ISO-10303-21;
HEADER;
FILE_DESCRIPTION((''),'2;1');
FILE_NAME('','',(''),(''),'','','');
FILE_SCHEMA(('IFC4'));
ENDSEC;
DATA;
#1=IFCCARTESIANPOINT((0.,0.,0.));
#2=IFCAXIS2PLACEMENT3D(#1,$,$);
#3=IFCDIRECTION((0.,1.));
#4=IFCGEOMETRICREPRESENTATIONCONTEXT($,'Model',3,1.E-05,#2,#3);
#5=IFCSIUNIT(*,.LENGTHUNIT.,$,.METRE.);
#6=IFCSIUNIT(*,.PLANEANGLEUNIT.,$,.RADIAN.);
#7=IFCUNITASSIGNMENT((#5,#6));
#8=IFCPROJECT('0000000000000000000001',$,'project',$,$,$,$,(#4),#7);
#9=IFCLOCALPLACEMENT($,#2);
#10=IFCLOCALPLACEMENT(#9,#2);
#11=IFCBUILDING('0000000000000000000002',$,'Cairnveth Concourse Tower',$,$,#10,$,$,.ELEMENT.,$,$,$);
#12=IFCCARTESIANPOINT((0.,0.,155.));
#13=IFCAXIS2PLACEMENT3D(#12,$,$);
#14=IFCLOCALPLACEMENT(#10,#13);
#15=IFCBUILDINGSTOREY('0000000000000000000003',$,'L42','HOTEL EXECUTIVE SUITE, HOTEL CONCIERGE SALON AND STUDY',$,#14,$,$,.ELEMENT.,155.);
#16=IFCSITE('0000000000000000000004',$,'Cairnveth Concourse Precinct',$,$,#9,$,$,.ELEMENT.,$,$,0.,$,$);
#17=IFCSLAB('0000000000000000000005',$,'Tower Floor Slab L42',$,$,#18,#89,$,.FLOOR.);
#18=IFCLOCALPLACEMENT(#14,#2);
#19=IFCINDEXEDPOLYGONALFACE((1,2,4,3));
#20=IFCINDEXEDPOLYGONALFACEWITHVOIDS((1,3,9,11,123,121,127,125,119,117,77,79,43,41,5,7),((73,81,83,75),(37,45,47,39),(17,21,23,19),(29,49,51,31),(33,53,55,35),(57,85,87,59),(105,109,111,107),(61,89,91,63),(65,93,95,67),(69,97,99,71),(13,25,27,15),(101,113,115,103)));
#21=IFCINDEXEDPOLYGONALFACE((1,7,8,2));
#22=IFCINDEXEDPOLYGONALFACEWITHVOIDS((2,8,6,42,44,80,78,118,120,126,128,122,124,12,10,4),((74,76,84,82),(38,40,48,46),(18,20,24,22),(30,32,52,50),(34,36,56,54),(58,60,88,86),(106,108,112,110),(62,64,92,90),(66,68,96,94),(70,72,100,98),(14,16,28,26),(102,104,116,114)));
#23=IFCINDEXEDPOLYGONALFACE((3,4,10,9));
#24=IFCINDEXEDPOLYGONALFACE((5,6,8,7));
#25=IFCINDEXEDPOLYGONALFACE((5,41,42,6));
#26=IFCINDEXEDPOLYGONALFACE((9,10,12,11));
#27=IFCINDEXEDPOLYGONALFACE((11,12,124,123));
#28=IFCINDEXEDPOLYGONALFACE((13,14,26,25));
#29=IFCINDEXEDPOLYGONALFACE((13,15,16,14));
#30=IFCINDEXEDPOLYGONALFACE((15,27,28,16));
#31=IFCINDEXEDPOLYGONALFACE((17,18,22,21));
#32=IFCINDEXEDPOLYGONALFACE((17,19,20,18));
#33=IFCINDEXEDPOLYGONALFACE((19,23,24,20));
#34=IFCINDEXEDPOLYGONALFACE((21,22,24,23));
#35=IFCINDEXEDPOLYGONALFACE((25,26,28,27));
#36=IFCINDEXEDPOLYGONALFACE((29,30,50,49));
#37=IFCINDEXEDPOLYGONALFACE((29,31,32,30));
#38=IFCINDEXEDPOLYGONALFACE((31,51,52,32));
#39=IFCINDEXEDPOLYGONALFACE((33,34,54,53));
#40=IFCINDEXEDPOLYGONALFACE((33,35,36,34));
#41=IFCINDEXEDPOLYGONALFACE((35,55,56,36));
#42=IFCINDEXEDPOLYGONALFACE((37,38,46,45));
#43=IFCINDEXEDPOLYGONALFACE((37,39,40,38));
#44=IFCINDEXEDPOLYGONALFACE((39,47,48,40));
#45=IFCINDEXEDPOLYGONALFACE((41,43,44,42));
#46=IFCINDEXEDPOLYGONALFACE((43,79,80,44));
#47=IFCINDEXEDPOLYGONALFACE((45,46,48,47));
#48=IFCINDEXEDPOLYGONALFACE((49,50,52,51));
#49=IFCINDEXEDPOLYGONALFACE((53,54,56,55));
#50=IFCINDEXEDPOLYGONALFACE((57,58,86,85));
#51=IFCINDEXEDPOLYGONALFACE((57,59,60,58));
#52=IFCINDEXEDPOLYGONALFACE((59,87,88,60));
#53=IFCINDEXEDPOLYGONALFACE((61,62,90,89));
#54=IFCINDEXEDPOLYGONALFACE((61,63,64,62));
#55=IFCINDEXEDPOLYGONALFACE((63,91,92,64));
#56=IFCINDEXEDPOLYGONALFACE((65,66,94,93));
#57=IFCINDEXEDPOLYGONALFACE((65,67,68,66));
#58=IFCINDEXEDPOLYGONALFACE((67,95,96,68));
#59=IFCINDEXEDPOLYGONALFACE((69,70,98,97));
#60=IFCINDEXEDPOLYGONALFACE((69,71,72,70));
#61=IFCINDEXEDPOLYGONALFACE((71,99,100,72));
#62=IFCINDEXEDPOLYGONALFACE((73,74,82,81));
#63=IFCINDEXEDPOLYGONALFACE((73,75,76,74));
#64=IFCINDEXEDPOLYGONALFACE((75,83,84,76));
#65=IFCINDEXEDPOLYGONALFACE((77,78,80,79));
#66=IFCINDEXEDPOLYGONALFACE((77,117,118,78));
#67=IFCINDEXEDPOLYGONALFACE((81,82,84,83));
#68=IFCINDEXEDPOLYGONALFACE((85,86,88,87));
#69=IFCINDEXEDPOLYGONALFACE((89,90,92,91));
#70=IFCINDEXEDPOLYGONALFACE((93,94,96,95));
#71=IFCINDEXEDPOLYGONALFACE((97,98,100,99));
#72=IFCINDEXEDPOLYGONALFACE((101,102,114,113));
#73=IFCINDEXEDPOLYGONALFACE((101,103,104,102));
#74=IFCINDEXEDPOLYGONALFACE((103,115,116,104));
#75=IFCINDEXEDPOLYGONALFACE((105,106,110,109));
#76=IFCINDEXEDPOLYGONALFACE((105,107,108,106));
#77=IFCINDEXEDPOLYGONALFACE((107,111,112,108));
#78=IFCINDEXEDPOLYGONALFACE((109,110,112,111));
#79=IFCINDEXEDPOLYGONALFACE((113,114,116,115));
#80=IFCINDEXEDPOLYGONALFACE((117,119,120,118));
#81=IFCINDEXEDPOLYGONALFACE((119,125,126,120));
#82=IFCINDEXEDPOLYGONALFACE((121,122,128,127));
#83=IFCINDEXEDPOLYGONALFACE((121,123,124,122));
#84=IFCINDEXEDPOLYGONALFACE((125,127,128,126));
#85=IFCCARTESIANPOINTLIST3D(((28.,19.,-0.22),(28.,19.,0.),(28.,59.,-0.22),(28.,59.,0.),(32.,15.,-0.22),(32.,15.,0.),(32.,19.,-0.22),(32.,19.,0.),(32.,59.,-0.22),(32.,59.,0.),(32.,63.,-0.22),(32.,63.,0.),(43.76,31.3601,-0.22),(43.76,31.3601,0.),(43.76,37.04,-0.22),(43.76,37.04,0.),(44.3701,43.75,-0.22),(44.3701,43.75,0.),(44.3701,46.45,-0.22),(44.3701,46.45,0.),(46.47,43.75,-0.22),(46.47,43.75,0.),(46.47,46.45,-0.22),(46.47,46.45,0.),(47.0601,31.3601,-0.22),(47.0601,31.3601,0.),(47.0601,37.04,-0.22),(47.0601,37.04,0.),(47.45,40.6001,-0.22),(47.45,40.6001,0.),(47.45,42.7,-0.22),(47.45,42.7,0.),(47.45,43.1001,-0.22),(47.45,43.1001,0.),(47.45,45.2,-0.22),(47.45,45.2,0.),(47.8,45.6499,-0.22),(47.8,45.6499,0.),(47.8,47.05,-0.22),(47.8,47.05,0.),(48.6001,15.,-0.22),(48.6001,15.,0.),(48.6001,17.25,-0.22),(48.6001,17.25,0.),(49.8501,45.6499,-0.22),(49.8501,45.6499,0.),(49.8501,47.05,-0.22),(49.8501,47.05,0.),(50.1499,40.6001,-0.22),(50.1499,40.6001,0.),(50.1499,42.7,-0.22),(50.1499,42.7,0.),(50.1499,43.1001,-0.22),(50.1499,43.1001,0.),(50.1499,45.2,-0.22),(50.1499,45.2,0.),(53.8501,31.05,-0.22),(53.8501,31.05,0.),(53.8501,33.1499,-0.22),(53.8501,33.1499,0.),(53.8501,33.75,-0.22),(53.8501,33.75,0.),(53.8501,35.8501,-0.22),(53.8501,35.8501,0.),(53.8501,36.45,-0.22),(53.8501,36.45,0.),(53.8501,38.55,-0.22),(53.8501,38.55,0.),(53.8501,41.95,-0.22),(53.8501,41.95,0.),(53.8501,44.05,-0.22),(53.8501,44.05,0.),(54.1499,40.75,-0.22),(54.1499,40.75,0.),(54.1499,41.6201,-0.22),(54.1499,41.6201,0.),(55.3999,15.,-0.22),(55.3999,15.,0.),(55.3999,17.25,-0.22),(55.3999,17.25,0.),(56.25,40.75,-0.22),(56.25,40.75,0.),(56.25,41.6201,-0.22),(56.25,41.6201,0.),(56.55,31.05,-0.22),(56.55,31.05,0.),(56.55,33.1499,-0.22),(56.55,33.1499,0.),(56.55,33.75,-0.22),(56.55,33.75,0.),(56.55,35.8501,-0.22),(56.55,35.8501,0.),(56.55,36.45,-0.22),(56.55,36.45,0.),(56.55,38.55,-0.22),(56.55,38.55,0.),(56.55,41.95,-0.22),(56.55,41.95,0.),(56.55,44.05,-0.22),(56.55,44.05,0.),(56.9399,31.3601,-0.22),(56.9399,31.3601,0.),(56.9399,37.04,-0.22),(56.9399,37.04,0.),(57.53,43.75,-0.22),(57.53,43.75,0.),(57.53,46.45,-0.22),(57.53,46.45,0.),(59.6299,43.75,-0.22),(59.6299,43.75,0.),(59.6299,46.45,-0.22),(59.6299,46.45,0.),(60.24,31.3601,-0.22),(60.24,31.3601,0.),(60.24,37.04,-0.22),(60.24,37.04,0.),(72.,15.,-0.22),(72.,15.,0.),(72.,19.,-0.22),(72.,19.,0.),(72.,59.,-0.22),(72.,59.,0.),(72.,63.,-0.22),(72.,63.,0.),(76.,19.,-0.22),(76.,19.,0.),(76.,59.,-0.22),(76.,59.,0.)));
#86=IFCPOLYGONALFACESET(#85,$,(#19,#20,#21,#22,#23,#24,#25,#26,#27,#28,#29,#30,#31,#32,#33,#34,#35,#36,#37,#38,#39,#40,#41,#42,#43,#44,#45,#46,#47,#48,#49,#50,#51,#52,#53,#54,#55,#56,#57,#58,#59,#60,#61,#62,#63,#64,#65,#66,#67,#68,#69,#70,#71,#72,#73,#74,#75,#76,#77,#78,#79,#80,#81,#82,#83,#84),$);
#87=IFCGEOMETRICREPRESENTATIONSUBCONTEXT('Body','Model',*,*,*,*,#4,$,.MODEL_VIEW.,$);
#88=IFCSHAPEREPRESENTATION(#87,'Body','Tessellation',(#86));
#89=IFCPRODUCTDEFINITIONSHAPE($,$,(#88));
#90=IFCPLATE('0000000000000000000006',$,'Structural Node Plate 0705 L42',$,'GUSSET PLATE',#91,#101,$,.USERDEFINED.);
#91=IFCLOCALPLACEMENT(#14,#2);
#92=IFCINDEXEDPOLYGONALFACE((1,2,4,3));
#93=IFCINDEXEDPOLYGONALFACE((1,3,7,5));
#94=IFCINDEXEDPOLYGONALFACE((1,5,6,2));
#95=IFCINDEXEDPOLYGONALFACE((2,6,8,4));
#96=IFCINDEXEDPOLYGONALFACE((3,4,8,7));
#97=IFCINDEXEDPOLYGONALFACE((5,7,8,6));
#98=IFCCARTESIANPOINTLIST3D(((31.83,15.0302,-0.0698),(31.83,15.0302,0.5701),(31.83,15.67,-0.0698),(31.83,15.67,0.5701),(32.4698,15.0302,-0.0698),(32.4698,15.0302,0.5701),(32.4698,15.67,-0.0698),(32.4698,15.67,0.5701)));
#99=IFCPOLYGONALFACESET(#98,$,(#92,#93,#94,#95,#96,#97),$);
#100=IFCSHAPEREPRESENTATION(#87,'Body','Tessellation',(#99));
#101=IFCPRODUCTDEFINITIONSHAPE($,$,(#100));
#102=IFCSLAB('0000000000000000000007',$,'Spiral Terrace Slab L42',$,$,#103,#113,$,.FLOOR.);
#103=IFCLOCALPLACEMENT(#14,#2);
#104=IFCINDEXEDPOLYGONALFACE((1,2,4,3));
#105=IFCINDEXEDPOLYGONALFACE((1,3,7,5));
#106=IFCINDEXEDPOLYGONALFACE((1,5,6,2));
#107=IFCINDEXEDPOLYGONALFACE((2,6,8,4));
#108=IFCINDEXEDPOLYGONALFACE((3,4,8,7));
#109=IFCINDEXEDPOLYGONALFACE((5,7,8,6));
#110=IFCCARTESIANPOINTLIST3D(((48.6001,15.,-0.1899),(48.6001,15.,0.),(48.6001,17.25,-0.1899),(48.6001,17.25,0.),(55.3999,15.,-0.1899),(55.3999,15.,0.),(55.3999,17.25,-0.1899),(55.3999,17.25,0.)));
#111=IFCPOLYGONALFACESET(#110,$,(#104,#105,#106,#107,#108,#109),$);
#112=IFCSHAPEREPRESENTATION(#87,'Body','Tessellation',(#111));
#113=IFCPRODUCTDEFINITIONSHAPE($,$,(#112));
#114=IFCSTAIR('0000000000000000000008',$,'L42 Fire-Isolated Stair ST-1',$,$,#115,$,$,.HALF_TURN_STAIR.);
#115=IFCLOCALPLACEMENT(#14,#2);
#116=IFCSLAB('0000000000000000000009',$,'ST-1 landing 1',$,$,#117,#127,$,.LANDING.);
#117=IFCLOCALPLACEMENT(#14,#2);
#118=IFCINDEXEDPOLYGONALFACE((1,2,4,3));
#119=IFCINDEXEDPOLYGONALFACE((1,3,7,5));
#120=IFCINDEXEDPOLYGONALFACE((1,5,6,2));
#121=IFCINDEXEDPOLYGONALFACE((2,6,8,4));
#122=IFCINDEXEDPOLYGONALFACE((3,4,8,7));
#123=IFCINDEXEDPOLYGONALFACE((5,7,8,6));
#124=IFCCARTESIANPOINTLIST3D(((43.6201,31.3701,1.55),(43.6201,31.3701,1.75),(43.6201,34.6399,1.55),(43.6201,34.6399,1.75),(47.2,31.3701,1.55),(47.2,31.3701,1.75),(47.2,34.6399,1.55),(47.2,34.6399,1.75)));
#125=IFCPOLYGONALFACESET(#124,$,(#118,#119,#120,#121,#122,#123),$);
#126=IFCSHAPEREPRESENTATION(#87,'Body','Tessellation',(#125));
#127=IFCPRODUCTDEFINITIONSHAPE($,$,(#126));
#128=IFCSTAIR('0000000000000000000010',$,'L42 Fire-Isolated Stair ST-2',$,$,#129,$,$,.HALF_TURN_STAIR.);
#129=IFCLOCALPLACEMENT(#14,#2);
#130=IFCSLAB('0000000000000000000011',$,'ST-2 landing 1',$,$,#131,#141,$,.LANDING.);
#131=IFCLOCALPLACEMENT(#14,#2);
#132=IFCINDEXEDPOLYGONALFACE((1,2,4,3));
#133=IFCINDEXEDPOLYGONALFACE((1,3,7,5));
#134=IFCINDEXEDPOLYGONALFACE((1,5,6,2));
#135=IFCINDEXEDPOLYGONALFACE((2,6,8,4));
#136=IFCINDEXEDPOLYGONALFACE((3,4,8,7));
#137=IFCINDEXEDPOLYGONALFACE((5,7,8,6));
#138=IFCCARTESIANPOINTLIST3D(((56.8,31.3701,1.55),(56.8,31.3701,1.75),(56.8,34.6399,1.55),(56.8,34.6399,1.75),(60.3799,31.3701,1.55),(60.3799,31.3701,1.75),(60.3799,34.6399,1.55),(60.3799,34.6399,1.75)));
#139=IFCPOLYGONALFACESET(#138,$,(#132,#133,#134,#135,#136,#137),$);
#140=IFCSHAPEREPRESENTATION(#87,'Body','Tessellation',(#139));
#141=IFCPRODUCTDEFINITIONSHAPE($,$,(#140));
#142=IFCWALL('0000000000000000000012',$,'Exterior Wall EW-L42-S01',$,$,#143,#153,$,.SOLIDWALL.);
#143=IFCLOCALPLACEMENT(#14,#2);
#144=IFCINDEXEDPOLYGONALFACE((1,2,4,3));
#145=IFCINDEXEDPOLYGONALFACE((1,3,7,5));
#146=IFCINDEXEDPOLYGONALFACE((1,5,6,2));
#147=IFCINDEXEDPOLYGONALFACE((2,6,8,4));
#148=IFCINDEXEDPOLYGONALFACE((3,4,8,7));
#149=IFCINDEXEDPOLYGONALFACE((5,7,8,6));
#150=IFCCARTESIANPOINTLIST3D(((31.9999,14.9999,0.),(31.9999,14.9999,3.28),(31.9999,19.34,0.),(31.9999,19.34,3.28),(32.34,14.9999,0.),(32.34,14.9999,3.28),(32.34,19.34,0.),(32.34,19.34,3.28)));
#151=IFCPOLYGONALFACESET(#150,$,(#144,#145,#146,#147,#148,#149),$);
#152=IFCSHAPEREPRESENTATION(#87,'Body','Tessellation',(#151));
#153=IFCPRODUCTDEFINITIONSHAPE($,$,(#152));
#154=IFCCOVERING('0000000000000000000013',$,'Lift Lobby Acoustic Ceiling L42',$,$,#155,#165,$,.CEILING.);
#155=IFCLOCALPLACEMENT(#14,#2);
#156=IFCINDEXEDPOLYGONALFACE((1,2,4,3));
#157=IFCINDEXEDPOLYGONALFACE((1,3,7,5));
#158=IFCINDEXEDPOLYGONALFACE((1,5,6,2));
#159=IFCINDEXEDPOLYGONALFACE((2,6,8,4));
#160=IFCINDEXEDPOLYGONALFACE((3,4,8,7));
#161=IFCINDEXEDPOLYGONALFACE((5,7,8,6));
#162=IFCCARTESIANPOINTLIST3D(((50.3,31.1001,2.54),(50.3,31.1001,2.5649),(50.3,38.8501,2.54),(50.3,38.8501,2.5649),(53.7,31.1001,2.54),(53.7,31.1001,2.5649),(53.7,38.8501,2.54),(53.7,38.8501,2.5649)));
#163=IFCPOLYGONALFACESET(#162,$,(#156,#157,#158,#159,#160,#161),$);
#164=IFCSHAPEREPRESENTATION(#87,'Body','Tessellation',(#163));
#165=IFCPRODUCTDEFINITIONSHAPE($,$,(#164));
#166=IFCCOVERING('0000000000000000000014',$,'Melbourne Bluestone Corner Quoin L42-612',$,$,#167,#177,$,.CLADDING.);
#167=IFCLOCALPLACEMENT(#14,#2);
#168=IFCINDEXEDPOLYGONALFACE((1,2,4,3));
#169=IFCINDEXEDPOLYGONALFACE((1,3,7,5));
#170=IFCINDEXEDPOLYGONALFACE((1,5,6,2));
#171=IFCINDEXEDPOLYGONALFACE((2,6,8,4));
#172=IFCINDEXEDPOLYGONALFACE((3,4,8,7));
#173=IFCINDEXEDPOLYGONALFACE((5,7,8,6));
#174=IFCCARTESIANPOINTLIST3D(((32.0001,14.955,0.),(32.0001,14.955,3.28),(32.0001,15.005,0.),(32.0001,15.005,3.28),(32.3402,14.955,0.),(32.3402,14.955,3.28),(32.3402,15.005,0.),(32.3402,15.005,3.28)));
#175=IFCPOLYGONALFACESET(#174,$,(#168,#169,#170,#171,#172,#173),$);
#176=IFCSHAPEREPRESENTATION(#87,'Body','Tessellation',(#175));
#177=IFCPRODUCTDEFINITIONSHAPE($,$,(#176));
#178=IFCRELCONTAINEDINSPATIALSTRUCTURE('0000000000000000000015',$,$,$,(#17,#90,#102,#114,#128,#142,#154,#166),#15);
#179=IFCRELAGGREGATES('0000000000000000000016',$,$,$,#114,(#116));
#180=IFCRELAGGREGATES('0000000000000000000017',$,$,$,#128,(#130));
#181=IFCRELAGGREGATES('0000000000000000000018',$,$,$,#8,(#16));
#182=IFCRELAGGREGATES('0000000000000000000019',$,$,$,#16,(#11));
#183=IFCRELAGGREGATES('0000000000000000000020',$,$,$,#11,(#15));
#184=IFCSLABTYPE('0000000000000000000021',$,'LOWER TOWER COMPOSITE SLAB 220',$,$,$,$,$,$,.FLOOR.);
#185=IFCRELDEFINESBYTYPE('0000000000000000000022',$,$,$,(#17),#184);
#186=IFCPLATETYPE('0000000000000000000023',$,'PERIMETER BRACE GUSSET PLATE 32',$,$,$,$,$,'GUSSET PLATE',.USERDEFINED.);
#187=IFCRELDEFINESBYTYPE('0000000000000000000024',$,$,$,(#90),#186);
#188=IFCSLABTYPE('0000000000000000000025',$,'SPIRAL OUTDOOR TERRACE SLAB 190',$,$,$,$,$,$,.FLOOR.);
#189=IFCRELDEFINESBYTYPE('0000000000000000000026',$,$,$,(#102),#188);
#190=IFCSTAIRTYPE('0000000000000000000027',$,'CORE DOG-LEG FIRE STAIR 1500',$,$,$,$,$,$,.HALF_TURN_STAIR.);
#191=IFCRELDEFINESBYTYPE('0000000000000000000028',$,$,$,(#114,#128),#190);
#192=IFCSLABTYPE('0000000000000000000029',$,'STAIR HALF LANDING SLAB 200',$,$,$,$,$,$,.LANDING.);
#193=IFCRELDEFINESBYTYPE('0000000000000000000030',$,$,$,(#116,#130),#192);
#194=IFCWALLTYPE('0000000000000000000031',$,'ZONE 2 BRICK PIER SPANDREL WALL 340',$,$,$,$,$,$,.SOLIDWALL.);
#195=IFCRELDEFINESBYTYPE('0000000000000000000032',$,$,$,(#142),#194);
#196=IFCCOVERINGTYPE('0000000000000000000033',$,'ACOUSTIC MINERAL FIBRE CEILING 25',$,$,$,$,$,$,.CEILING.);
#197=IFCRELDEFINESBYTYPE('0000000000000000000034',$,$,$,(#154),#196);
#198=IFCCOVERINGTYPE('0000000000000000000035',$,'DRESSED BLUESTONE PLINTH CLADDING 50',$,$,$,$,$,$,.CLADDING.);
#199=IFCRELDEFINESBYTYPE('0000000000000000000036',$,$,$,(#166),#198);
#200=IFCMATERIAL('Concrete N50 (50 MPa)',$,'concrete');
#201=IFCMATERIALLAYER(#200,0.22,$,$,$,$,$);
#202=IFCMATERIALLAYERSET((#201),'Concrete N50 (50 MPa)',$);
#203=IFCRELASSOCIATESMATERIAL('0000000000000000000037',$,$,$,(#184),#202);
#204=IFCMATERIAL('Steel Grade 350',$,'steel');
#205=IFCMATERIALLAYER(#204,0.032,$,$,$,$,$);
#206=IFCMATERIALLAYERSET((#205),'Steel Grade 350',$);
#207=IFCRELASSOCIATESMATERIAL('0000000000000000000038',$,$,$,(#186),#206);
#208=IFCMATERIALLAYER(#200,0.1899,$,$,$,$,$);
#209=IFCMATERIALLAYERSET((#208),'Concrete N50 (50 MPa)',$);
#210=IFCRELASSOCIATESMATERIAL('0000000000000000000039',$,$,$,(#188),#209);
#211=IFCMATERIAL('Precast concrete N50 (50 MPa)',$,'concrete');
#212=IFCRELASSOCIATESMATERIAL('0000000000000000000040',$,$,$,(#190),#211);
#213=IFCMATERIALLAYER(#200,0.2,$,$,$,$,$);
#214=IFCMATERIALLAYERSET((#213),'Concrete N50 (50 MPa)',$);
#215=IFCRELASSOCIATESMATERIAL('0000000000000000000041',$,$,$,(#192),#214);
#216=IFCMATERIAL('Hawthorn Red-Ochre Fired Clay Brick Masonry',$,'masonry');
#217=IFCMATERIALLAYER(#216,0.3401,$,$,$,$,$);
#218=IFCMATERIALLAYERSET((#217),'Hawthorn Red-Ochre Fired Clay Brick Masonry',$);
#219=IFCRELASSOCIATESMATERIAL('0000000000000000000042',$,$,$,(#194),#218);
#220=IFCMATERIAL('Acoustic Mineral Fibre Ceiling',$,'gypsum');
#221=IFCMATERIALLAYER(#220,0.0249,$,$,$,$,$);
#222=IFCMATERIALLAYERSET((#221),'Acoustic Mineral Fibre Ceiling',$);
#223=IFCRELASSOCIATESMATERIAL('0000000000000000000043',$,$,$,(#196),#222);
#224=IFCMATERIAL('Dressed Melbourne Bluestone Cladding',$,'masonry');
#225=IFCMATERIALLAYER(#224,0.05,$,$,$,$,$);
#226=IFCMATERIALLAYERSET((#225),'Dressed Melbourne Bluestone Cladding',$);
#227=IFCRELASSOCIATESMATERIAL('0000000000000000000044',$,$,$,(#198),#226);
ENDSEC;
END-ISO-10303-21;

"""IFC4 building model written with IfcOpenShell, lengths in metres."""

from ifc_helpers import new_model, si_unit, direction, frame, frame_2d, origin, origin_2d, place, context, subcontext, project, spatial, polyline, rectangle, outline, extrude, material, layer, layer_set, type_object, element, aggregate, save


model = new_model("IFC4")

# Units and contexts
model_context = context("Model", 3, precision=1e-05, world=origin(), true_north=direction((0.0, 1.0)))
body_context = subcontext(model_context, "Body", "Model", "MODEL_VIEW")
ifc_project = project(units=[si_unit("LENGTHUNIT", "METRE"), si_unit("PLANEANGLEUNIT", "RADIAN")], contexts=[model_context])

# Site, building, storey
site_placement = place(None, origin())
site = spatial("IfcSite", under=ifc_project, at=site_placement, Name="Cairnveth Concourse Precinct", CompositionType="ELEMENT", RefElevation=0.0)
building_placement = place(site_placement, origin())
building = spatial("IfcBuilding", under=site, at=building_placement, Name="Cairnveth Concourse Tower", CompositionType="ELEMENT")
storey_placement = place(building_placement, frame((0.0, 0.0, 155.0)))
storey = spatial("IfcBuildingStorey", under=building, at=storey_placement, Name="L42", Description="HOTEL EXECUTIVE SUITE, HOTEL CONCIERGE SALON AND STUDY", CompositionType="ELEMENT", Elevation=155.0)

# Shared definitions
ifc_material_1 = material(Name="Steel Grade 350", Category="steel")

# Slab
ifc_material_2 = material(Name="Concrete N50 (50 MPa)", Category="concrete")
ifc_layer_1 = layer(ifc_material_2, 0.22)
ifc_layer_set_1 = layer_set([ifc_layer_1], Name="Concrete N50 (50 MPa)")
slab_type_1 = type_object("IfcSlabType", Name="LOWER TOWER COMPOSITE SLAB 220", PredefinedType="FLOOR", material=ifc_layer_set_1)
slab_1_placement = place(storey_placement, frame((0.0, 0.0, -0.22)))
element("IfcSlab", 1, at=slab_1_placement, inside=storey, type_object=slab_type_1, Name="Tower Floor Slab L42", PredefinedType="FLOOR", context=body_context, shape_type="SweptSolid", body=[
    extrude(outline(polyline([(48.6001, 15.0), (48.6001, 17.25), (55.3999, 17.25), (55.3999, 15.0), (72.0, 15.0), (72.0, 19.0), (76.0, 19.0), (76.0, 59.0), (72.0, 59.0), (72.0, 63.0), (32.0, 63.0), (32.0, 59.0), (28.0, 59.0), (28.0, 19.0), (32.0, 19.0), (32.0, 15.0), (48.6001, 15.0)]), holes=[polyline([(43.76, 31.3601), (47.0601, 31.3601), (47.0601, 37.04), (43.76, 37.04), (43.76, 31.3601)]), polyline([(56.9399, 31.3601), (60.24, 31.3601), (60.24, 37.04), (56.9399, 37.04), (56.9399, 31.3601)]), polyline([(44.3701, 43.75), (46.47, 43.75), (46.47, 46.45), (44.3701, 46.45), (44.3701, 43.75)]), polyline([(57.53, 43.75), (59.6299, 43.75), (59.6299, 46.45), (57.53, 46.45), (57.53, 43.75)]), polyline([(53.8501, 31.05), (56.55, 31.05), (56.55, 33.1499), (53.8501, 33.1499), (53.8501, 31.05)]), polyline([(53.8501, 33.75), (56.55, 33.75), (56.55, 35.8501), (53.8501, 35.8501), (53.8501, 33.75)]), polyline([(53.8501, 36.45), (56.55, 36.45), (56.55, 38.55), (53.8501, 38.55), (53.8501, 36.45)]), polyline([(47.45, 40.6001), (50.1499, 40.6001), (50.1499, 42.7), (47.45, 42.7), (47.45, 40.6001)]), polyline([(47.45, 43.1001), (50.1499, 43.1001), (50.1499, 45.2), (47.45, 45.2), (47.45, 43.1001)]), polyline([(53.8501, 41.95), (56.55, 41.95), (56.55, 44.05), (53.8501, 44.05), (53.8501, 41.95)]), polyline([(47.8, 45.6499), (49.8501, 45.6499), (49.8501, 47.05), (47.8, 47.05), (47.8, 45.6499)]), polyline([(54.1499, 40.75), (56.25, 40.75), (56.25, 41.6201), (54.1499, 41.6201), (54.1499, 40.75)])]), origin(), (0.0, 0.0, 1.0), 0.22),
])

# Plate
ifc_layer_2 = layer(ifc_material_1, 0.032)
ifc_layer_set_2 = layer_set([ifc_layer_2], Name="Steel Grade 350")
plate_type = type_object("IfcPlateType", Name="PERIMETER BRACE GUSSET PLATE 32", ElementType="GUSSET PLATE", PredefinedType="USERDEFINED", material=ifc_layer_set_2)
plate_placement = place(storey_placement, frame((32.1499, 15.3501, -0.0698), z_axis=(0.0, 0.0, 1.0), x_axis=(1.0, 0.0, 0.0)))
element("IfcPlate", 2, at=plate_placement, inside=storey, type_object=plate_type, Name="Structural Node Plate 0705 L42", ObjectType="GUSSET PLATE", PredefinedType="USERDEFINED", context=body_context, shape_type="SweptSolid", body=[
    extrude(rectangle(XDim=0.6399, YDim=0.6399, at=origin_2d()), origin(), (0.0, 0.0, 1.0), 0.6399),
])

# Slab
ifc_layer_3 = layer(ifc_material_2, 0.1899)
ifc_layer_set_3 = layer_set([ifc_layer_3], Name="Concrete N50 (50 MPa)")
slab_type_2 = type_object("IfcSlabType", Name="SPIRAL OUTDOOR TERRACE SLAB 190", PredefinedType="FLOOR", material=ifc_layer_set_3)
slab_2_placement = place(storey_placement, frame((0.0, 0.0, -0.1899)))
element("IfcSlab", 3, at=slab_2_placement, inside=storey, type_object=slab_type_2, Name="Spiral Terrace Slab L42", PredefinedType="FLOOR", context=body_context, shape_type="SweptSolid", body=[
    extrude(outline(polyline([(48.6001, 15.0), (55.3999, 15.0), (55.3999, 17.25), (48.6001, 17.25), (48.6001, 15.0)])), origin(), (0.0, 0.0, 1.0), 0.1899),
])

# Stairs, slabs
ifc_material_3 = material(Name="Precast concrete N50 (50 MPa)", Category="concrete")
stair_type = type_object("IfcStairType", Name="CORE DOG-LEG FIRE STAIR 1500", PredefinedType="HALF_TURN_STAIR", material=ifc_material_3)
stair_1_placement = place(storey_placement, origin())
stair_1 = element("IfcStair", 4, at=stair_1_placement, inside=storey, type_object=stair_type, Name="L42 Fire-Isolated Stair ST-1", PredefinedType="HALF_TURN_STAIR")
ifc_layer_4 = layer(ifc_material_2, 0.2)
ifc_layer_set_4 = layer_set([ifc_layer_4], Name="Concrete N50 (50 MPa)")
slab_type_3 = type_object("IfcSlabType", Name="STAIR HALF LANDING SLAB 200", PredefinedType="LANDING", material=ifc_layer_set_4)
slab_3_placement = place(storey_placement, frame((0.0, 0.0, 1.55)))
slab_3 = element("IfcSlab", 5, at=slab_3_placement, type_object=slab_type_3, Name="ST-1 landing 1", PredefinedType="LANDING", context=body_context, shape_type="SweptSolid", body=[
    extrude(outline(polyline([(43.6201, 34.6399), (43.6201, 31.3701), (47.2, 31.3701), (47.2, 34.6399), (43.6201, 34.6399)])), origin(), (0.0, 0.0, 1.0), 0.2),
])
aggregate(stair_1, [slab_3])
stair_2_placement = place(storey_placement, origin())
stair_2 = element("IfcStair", 6, at=stair_2_placement, inside=storey, type_object=stair_type, Name="L42 Fire-Isolated Stair ST-2", PredefinedType="HALF_TURN_STAIR")
slab_4_placement = place(storey_placement, frame((0.0, 0.0, 1.55)))
slab_4 = element("IfcSlab", 7, at=slab_4_placement, type_object=slab_type_3, Name="ST-2 landing 1", PredefinedType="LANDING", context=body_context, shape_type="SweptSolid", body=[
    extrude(outline(polyline([(56.8, 34.6399), (56.8, 31.3701), (60.3799, 31.3701), (60.3799, 34.6399), (56.8, 34.6399)])), origin(), (0.0, 0.0, 1.0), 0.2),
])
aggregate(stair_2, [slab_4])

# Wall
ifc_material_4 = material(Name="Hawthorn Red-Ochre Fired Clay Brick Masonry", Category="masonry")
ifc_layer_5 = layer(ifc_material_4, 0.3401)
ifc_layer_set_5 = layer_set([ifc_layer_5], Name="Hawthorn Red-Ochre Fired Clay Brick Masonry")
wall_type = type_object("IfcWallType", Name="ZONE 2 BRICK PIER SPANDREL WALL 340", PredefinedType="SOLIDWALL", material=ifc_layer_set_5)
wall_1_placement = place(storey_placement, frame((32.1699, 15.0, 0.0), z_axis=(0.0, 0.0, 1.0), x_axis=(0.0, 1.0, 0.0)))
element("IfcWall", 8, at=wall_1_placement, inside=storey, type_object=wall_type, Name="Exterior Wall EW-L42-S01", PredefinedType="SOLIDWALL", context=body_context, shape_type="SweptSolid", body=[
    extrude(rectangle(XDim=4.3401, YDim=0.3401, at=frame_2d((2.1699, 0.0))), origin(), (0.0, 0.0, 1.0), 3.28),
])

# Coverings
ifc_material_5 = material(Name="Acoustic Mineral Fibre Ceiling", Category="gypsum")
ifc_layer_6 = layer(ifc_material_5, 0.0249)
ifc_layer_set_6 = layer_set([ifc_layer_6], Name="Acoustic Mineral Fibre Ceiling")
covering_type_1 = type_object("IfcCoveringType", Name="ACOUSTIC MINERAL FIBRE CEILING 25", PredefinedType="CEILING", material=ifc_layer_set_6)
covering_1_placement = place(storey_placement, frame((0.0, 0.0, 2.54)))
element("IfcCovering", 9, at=covering_1_placement, inside=storey, type_object=covering_type_1, Name="Lift Lobby Acoustic Ceiling L42", PredefinedType="CEILING", context=body_context, shape_type="SweptSolid", body=[
    extrude(outline(polyline([(50.3, 31.1001), (53.7, 31.1001), (53.7, 38.8501), (50.3, 38.8501), (50.3, 31.1001)])), origin(), (0.0, 0.0, 1.0), 0.0249),
])
ifc_material_6 = material(Name="Dressed Melbourne Bluestone Cladding", Category="masonry")
ifc_layer_7 = layer(ifc_material_6, 0.05)
ifc_layer_set_7 = layer_set([ifc_layer_7], Name="Dressed Melbourne Bluestone Cladding")
covering_type_2 = type_object("IfcCoveringType", Name="DRESSED BLUESTONE PLINTH CLADDING 50", PredefinedType="CLADDING", material=ifc_layer_set_7)
for number, where, z_axis, x_axis, name in (
    (10, (32.3401, 14.98, 0.0), (0.0, 0.0, 1.0), (-1.0, 0.0, 0.0), "Melbourne Bluestone Corner Quoin L42-612"),
):
    element("IfcCovering", number, at=place(storey_placement, frame(where, z_axis=z_axis, x_axis=x_axis)), inside=storey, type_object=covering_type_2, Name=name, PredefinedType="CLADDING", context=body_context, shape_type="SweptSolid", body=[
        extrude(rectangle(XDim=0.3401, YDim=0.05, at=frame_2d((0.1699, 0.0))), origin(), (0.0, 0.0, 1.0), 3.28),
    ])

save(model, "model.ifc")
